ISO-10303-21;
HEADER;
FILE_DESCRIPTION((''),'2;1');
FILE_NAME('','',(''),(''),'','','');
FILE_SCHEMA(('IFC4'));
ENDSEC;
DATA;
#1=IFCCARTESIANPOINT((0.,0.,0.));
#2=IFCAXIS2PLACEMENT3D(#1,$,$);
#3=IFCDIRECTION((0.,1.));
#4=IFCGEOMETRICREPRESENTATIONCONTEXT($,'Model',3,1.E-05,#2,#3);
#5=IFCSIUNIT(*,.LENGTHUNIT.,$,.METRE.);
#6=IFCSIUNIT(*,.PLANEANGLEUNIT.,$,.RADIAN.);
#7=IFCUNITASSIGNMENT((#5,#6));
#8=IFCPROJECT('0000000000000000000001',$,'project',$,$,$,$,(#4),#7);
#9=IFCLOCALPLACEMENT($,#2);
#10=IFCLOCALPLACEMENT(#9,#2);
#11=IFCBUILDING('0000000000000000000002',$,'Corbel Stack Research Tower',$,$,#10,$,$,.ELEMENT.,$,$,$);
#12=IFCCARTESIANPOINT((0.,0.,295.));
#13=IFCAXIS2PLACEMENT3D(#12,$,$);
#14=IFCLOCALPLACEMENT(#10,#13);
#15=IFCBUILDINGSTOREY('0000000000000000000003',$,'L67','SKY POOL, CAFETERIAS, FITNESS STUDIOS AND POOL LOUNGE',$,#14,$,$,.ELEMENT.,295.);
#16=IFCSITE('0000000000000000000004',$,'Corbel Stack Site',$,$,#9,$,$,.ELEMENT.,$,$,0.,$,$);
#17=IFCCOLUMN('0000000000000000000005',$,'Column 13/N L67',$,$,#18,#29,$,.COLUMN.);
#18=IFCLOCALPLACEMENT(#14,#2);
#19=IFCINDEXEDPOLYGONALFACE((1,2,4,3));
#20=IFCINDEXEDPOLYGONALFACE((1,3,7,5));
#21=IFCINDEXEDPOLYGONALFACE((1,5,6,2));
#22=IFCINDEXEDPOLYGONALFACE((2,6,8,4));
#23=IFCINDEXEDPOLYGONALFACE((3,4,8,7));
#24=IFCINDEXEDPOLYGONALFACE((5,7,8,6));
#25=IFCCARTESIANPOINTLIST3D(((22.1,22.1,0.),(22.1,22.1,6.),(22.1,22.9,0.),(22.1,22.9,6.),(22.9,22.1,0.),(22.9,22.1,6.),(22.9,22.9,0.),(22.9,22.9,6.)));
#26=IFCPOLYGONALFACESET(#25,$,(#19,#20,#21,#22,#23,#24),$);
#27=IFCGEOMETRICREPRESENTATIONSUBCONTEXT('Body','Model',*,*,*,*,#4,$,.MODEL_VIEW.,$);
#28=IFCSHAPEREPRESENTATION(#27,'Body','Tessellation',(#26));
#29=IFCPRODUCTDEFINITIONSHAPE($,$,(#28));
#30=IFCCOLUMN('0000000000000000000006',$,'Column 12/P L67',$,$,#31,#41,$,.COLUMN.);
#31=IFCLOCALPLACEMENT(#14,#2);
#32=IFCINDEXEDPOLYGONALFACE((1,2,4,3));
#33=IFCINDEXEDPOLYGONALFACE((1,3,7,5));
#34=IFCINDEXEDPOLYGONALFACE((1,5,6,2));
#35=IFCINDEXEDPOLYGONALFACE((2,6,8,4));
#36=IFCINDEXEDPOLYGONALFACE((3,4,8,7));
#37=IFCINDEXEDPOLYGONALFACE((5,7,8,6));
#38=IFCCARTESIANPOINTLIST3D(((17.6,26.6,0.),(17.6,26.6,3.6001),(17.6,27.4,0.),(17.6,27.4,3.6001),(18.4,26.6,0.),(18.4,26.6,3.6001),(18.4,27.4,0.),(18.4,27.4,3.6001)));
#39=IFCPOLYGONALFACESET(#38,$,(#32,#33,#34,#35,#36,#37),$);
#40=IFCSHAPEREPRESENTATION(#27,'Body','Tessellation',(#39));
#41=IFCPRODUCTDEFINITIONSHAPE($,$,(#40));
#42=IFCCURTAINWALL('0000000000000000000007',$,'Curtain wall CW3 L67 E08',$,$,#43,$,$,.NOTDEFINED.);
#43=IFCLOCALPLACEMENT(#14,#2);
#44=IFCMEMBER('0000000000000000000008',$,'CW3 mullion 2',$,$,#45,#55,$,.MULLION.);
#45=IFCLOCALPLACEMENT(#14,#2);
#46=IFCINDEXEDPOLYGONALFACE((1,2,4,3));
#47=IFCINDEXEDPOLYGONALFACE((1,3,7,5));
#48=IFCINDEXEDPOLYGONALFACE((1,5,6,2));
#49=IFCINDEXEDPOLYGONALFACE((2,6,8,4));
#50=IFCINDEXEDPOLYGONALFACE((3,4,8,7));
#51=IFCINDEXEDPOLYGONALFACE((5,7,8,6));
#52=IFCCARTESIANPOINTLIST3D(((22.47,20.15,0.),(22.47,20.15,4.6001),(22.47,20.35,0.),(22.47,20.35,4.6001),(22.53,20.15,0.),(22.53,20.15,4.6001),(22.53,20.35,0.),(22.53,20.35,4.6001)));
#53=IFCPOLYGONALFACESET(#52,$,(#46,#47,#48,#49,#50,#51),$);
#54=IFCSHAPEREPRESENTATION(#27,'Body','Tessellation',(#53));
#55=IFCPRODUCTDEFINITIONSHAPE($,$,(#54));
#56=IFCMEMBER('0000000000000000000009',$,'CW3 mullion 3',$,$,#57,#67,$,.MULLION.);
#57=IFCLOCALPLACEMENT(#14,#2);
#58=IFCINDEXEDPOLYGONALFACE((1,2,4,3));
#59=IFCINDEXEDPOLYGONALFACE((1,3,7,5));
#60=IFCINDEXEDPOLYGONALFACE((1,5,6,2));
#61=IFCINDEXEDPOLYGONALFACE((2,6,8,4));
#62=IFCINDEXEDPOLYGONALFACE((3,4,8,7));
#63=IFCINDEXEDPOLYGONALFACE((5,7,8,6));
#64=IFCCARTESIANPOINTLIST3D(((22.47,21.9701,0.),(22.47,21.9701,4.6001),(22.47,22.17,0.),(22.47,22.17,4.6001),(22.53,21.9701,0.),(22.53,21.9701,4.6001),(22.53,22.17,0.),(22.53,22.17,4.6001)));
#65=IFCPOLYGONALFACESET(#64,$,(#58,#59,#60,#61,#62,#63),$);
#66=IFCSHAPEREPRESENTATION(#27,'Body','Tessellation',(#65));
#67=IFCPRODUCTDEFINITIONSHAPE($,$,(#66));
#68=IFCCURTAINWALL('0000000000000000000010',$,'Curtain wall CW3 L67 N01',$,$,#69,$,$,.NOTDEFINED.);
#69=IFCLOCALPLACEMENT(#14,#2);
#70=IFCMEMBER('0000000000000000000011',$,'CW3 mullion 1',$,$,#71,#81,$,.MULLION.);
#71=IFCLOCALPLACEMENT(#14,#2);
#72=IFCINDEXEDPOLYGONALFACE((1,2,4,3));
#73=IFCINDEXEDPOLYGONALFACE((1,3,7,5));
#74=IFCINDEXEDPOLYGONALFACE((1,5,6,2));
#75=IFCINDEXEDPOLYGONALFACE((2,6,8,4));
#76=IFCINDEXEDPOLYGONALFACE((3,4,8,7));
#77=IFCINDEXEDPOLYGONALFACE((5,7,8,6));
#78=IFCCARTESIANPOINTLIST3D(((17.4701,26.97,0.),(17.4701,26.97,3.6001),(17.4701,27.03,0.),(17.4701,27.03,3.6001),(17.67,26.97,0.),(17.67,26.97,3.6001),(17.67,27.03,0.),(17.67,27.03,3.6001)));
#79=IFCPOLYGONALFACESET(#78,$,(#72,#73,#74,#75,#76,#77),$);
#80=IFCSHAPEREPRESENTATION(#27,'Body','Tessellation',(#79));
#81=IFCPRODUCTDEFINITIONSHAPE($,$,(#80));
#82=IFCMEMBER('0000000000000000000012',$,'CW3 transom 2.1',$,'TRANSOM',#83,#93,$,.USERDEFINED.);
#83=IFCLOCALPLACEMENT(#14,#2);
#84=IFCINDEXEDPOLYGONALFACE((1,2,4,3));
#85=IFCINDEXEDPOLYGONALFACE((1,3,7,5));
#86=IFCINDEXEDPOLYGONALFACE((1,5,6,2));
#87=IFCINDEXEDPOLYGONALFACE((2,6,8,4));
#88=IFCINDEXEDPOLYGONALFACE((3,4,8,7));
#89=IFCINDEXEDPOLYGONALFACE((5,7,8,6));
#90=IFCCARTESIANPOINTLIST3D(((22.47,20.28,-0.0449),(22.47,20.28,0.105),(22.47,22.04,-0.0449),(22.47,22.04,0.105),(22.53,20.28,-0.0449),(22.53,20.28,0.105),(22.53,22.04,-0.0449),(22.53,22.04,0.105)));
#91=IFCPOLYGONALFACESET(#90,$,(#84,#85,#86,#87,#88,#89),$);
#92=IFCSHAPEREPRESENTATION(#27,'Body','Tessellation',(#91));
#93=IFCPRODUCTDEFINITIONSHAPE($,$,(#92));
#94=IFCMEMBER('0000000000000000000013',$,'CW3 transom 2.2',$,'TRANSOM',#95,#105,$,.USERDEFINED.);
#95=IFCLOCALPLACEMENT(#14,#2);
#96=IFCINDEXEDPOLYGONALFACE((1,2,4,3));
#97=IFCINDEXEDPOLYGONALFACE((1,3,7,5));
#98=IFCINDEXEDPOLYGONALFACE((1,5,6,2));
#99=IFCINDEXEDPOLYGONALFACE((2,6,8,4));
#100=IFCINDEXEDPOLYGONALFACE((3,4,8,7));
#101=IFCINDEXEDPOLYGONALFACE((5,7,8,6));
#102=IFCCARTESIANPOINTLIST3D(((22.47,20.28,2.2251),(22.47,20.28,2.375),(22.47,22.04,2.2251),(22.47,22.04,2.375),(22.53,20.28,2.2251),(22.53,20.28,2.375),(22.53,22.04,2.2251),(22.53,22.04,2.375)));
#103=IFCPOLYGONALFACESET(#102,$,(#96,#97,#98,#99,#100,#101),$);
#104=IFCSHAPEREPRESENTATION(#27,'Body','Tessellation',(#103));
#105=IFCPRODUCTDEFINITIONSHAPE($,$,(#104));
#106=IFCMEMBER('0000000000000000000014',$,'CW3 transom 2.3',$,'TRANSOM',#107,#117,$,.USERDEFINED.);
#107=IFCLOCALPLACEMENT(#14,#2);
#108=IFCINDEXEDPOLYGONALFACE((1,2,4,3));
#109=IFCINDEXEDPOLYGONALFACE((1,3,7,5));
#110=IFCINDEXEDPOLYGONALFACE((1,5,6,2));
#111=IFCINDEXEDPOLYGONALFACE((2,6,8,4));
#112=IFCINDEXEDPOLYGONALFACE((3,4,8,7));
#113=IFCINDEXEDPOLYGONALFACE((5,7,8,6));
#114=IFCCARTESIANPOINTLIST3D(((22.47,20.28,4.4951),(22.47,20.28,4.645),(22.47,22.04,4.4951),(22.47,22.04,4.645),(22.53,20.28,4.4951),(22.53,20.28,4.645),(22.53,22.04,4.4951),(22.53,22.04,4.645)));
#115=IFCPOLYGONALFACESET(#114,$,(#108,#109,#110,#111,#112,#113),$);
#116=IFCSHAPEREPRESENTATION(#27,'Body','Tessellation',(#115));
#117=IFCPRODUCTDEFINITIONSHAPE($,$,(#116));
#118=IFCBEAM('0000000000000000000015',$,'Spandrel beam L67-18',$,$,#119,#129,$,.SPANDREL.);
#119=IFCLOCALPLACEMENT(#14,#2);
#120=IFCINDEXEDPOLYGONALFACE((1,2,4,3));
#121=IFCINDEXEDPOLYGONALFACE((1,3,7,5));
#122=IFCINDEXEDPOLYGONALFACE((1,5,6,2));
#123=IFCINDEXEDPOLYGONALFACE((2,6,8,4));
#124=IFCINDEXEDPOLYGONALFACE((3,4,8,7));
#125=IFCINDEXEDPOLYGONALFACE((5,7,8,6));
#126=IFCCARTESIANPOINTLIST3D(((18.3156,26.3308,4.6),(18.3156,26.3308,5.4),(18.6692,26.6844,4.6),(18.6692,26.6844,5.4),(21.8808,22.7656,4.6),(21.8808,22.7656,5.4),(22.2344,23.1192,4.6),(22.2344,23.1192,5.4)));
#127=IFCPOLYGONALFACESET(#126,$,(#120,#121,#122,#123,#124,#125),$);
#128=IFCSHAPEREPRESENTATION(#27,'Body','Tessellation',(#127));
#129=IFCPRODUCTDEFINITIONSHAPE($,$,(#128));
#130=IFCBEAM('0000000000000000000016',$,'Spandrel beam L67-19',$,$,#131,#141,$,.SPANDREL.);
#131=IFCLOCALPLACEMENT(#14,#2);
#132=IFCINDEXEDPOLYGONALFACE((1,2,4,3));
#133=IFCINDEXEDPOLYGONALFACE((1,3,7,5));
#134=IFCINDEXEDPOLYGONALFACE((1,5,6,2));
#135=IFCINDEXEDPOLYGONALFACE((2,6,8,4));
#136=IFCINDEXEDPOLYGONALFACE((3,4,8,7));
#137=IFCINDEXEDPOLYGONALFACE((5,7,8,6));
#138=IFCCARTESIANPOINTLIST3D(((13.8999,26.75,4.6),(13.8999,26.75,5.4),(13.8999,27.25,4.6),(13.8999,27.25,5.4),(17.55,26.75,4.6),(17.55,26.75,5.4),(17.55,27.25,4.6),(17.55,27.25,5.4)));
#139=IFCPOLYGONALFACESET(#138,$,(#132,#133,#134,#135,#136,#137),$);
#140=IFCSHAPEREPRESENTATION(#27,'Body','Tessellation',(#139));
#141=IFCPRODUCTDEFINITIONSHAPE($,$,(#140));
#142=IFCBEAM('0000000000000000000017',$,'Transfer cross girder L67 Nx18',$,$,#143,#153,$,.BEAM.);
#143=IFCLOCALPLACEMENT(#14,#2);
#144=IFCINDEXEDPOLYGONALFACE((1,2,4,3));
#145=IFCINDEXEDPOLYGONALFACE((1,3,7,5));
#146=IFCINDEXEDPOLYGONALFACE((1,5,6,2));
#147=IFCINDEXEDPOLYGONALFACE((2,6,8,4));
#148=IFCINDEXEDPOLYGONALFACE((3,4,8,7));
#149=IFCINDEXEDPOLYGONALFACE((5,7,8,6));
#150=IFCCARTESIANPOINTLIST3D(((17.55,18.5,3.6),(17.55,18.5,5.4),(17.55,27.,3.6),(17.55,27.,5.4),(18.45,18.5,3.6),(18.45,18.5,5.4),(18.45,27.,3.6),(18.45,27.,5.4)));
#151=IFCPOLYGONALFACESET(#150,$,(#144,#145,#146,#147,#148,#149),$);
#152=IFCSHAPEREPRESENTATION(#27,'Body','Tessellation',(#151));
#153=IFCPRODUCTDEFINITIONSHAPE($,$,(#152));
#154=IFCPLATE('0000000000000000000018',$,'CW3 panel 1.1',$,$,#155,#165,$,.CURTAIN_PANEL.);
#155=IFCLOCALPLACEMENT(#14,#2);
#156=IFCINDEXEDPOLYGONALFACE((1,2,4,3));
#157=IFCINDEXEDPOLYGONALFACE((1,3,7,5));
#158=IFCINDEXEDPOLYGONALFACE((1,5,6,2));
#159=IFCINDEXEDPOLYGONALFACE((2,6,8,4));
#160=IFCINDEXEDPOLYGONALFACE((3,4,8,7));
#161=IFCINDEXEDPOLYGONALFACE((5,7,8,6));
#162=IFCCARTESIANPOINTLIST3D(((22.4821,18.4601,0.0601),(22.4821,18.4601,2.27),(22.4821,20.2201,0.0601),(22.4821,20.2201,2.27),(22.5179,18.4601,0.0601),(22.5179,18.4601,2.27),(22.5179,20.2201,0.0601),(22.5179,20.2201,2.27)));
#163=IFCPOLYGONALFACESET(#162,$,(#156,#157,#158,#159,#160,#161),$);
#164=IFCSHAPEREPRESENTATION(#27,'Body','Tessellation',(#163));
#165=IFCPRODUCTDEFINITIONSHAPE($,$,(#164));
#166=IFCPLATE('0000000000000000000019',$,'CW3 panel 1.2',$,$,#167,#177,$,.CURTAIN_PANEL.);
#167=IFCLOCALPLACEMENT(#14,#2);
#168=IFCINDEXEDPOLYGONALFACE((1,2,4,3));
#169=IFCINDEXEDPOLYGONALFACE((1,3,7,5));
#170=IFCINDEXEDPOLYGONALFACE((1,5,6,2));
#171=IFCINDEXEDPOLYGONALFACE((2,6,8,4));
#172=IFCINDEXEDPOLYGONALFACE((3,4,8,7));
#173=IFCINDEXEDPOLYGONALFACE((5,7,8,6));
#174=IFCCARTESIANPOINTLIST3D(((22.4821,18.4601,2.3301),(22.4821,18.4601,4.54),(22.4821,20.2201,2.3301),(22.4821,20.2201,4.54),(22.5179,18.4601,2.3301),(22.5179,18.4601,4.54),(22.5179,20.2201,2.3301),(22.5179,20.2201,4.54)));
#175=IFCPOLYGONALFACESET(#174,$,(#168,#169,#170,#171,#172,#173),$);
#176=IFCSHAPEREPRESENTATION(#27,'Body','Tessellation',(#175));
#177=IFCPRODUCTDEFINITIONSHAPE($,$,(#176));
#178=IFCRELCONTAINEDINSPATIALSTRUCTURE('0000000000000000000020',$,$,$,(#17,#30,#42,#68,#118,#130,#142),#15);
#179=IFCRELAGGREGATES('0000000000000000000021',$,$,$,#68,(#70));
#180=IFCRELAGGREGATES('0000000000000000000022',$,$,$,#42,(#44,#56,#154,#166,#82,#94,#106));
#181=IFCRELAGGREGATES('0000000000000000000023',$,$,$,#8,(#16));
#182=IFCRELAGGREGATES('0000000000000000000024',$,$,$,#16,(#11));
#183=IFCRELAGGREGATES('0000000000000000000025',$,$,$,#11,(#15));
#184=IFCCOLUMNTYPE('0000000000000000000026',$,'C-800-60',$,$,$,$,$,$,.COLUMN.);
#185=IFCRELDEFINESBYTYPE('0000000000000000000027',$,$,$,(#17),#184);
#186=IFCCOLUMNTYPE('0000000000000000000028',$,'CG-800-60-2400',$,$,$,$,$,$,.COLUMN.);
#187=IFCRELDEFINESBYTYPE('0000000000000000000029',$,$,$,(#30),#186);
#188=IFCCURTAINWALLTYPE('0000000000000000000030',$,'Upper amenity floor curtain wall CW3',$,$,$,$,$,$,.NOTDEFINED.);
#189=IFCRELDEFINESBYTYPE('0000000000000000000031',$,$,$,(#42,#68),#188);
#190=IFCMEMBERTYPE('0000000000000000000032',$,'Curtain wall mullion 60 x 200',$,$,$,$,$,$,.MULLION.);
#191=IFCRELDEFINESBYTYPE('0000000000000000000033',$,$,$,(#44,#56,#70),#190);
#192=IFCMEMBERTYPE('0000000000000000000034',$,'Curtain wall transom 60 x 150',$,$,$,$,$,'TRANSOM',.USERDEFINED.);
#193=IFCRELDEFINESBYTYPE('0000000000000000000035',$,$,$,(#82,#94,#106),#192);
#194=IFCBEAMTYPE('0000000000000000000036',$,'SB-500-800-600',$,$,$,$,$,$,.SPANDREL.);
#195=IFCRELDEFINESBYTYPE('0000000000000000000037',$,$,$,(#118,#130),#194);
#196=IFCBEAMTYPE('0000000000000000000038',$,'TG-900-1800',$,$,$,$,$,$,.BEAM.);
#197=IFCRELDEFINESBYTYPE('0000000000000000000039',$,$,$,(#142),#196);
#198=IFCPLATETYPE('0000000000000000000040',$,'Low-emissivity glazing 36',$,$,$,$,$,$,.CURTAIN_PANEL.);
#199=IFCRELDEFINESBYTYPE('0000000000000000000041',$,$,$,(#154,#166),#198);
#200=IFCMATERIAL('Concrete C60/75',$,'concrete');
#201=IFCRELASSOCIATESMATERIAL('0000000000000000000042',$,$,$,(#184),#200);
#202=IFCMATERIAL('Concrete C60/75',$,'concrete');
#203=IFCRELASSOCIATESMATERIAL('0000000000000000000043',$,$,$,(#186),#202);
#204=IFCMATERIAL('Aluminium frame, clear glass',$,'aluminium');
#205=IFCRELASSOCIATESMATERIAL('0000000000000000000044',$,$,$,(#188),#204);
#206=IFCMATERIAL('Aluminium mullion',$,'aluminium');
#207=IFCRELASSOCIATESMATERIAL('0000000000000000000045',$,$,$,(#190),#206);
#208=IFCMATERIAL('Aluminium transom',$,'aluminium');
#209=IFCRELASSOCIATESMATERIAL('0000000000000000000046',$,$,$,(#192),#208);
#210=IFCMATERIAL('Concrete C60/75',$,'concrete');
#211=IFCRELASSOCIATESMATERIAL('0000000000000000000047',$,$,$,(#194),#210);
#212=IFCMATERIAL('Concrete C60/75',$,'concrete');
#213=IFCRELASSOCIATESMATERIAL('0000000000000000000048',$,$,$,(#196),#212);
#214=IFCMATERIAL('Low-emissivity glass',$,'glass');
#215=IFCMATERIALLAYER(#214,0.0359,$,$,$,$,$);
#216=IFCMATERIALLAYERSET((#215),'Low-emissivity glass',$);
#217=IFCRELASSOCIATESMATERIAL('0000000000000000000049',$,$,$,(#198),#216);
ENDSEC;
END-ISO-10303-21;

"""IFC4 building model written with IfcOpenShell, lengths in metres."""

from ifc_helpers import new_model, si_unit, direction, frame, origin, origin_2d, place, context, subcontext, project, spatial, rectangle, extrude, material, layer, layer_set, material_profile, profile_set, type_object, element, aggregate, save


model = new_model("IFC4")

# Units and contexts
model_context = context("Model", 3, precision=1e-05, world=origin(), true_north=direction((0.0, 1.0)))
body_context = subcontext(model_context, "Body", "Model", "MODEL_VIEW")
ifc_project = project(units=[si_unit("LENGTHUNIT", "METRE"), si_unit("PLANEANGLEUNIT", "RADIAN")], contexts=[model_context])

# Site, building, storey
site_placement = place(None, origin())
site = spatial("IfcSite", under=ifc_project, at=site_placement, Name="Corbel Stack Site", CompositionType="ELEMENT", RefElevation=0.0)
building_placement = place(site_placement, origin())
building = spatial("IfcBuilding", under=site, at=building_placement, Name="Corbel Stack Research Tower", CompositionType="ELEMENT")
storey_placement = place(building_placement, frame((0.0, 0.0, 295.0)))
storey = spatial("IfcBuildingStorey", under=building, at=storey_placement, Name="L67", Description="SKY POOL, CAFETERIAS, FITNESS STUDIOS AND POOL LOUNGE", CompositionType="ELEMENT", Elevation=295.0)

# Columns
ifc_material_1 = material(Name="Concrete C60/75", Category="concrete")
ifc_material_profile_1 = material_profile(ifc_material_1, rectangle(XDim=0.8, YDim=0.8, at=origin_2d()), Name="RC 800 x 800")
ifc_profile_set_1 = profile_set([ifc_material_profile_1], Name="Concrete C60/75")
column_type_1 = type_object("IfcColumnType", Name="C-800-60", PredefinedType="COLUMN", material=ifc_profile_set_1)
column_1_placement = place(storey_placement, frame((22.5, 22.5, 0.0), z_axis=(0.0, 0.0, 1.0), x_axis=(1.0, 0.0, 0.0)))
element("IfcColumn", 1, at=column_1_placement, inside=storey, type_object=column_type_1, Name="Column 13/N L67", PredefinedType="COLUMN", context=body_context, shape_type="SweptSolid", body=[
    extrude(rectangle(XDim=0.8, YDim=0.8, at=origin_2d()), origin(), (0.0, 0.0, 1.0), 6.0),
])
ifc_material_2 = material(Name="Concrete C60/75", Category="concrete")
ifc_material_profile_2 = material_profile(ifc_material_2, rectangle(XDim=0.8, YDim=0.8, at=origin_2d()), Name="RC 800 x 800")
ifc_profile_set_2 = profile_set([ifc_material_profile_2], Name="Concrete C60/75")
column_type_2 = type_object("IfcColumnType", Name="CG-800-60-2400", PredefinedType="COLUMN", material=ifc_profile_set_2)
column_2_placement = place(storey_placement, frame((18.0, 27.0, 0.0), z_axis=(0.0, 0.0, 1.0), x_axis=(1.0, 0.0, 0.0)))
element("IfcColumn", 2, at=column_2_placement, inside=storey, type_object=column_type_2, Name="Column 12/P L67", PredefinedType="COLUMN", context=body_context, shape_type="SweptSolid", body=[
    extrude(rectangle(XDim=0.8, YDim=0.8, at=origin_2d()), origin(), (0.0, 0.0, 1.0), 3.6001),
])

# Curtain wall, members
ifc_material_3 = material(Name="Aluminium frame, clear glass", Category="aluminium")
curtain_wall_type = type_object("IfcCurtainWallType", Name="Upper amenity floor curtain wall CW3", PredefinedType="NOTDEFINED", material=ifc_material_3)
curtain_wall_1_placement = place(storey_placement, origin())
curtain_wall_1 = element("IfcCurtainWall", 3, at=curtain_wall_1_placement, inside=storey, type_object=curtain_wall_type, Name="Curtain wall CW3 L67 E08", PredefinedType="NOTDEFINED")
ifc_material_4 = material(Name="Aluminium mullion", Category="aluminium")
ifc_material_profile_3 = material_profile(ifc_material_4, rectangle(XDim=0.0601, YDim=0.2, at=origin_2d()), Name="Mullion 60 x 200")
ifc_profile_set_3 = profile_set([ifc_material_profile_3], Name="Aluminium mullion")
member_type_1 = type_object("IfcMemberType", Name="Curtain wall mullion 60 x 200", PredefinedType="MULLION", material=ifc_profile_set_3)
member_1_placement = place(storey_placement, frame((22.5, 20.25, 0.0), z_axis=(0.0, 0.0, 1.0), x_axis=(-1.0, 0.0, 0.0)))
member_1 = element("IfcMember", 4, at=member_1_placement, type_object=member_type_1, Name="CW3 mullion 2", PredefinedType="MULLION", context=body_context, shape_type="SweptSolid", body=[
    extrude(rectangle(XDim=0.0601, YDim=0.2, at=origin_2d()), origin(), (0.0, 0.0, 1.0), 4.6001),
])
member_2_placement = place(storey_placement, frame((22.5, 22.0701, 0.0), z_axis=(0.0, 0.0, 1.0), x_axis=(-1.0, 0.0, 0.0)))
member_2 = element("IfcMember", 5, at=member_2_placement, type_object=member_type_1, Name="CW3 mullion 3", PredefinedType="MULLION", context=body_context, shape_type="SweptSolid", body=[
    extrude(rectangle(XDim=0.0601, YDim=0.2, at=origin_2d()), origin(), (0.0, 0.0, 1.0), 4.6001),
])

# Curtain wall, member
curtain_wall_2_placement = place(storey_placement, origin())
curtain_wall_2 = element("IfcCurtainWall", 6, at=curtain_wall_2_placement, inside=storey, type_object=curtain_wall_type, Name="Curtain wall CW3 L67 N01", PredefinedType="NOTDEFINED")
member_3_placement = place(storey_placement, frame((17.5701, 27.0, 0.0), z_axis=(0.0, 0.0, 1.0), x_axis=(0.0, -1.0, 0.0)))
member_3 = element("IfcMember", 7, at=member_3_placement, type_object=member_type_1, Name="CW3 mullion 1", PredefinedType="MULLION", context=body_context, shape_type="SweptSolid", body=[
    extrude(rectangle(XDim=0.0601, YDim=0.2, at=origin_2d()), origin(), (0.0, 0.0, 1.0), 3.6001),
])
aggregate(curtain_wall_2, [member_3])

# Members
ifc_material_5 = material(Name="Aluminium transom", Category="aluminium")
ifc_material_profile_4 = material_profile(ifc_material_5, rectangle(XDim=0.0601, YDim=0.1499, at=origin_2d()), Name="Transom 60 x 150")
ifc_profile_set_4 = profile_set([ifc_material_profile_4], Name="Aluminium transom")
member_type_2 = type_object("IfcMemberType", Name="Curtain wall transom 60 x 150", ElementType="TRANSOM", PredefinedType="USERDEFINED", material=ifc_profile_set_4)
member_4_placement = place(storey_placement, frame((22.5, 20.28, 0.03), z_axis=(0.0, 1.0, 0.0), x_axis=(-1.0, 0.0, 0.0)))
member_4 = element("IfcMember", 8, at=member_4_placement, type_object=member_type_2, Name="CW3 transom 2.1", ObjectType="TRANSOM", PredefinedType="USERDEFINED", context=body_context, shape_type="SweptSolid", body=[
    extrude(rectangle(XDim=0.0601, YDim=0.1499, at=origin_2d()), origin(), (0.0, 0.0, 1.0), 1.76),
])
member_5_placement = place(storey_placement, frame((22.5, 20.28, 2.3), z_axis=(0.0, 1.0, 0.0), x_axis=(-1.0, 0.0, 0.0)))
member_5 = element("IfcMember", 9, at=member_5_placement, type_object=member_type_2, Name="CW3 transom 2.2", ObjectType="TRANSOM", PredefinedType="USERDEFINED", context=body_context, shape_type="SweptSolid", body=[
    extrude(rectangle(XDim=0.0601, YDim=0.1499, at=origin_2d()), origin(), (0.0, 0.0, 1.0), 1.76),
])
member_6_placement = place(storey_placement, frame((22.5, 20.28, 4.5701), z_axis=(0.0, 1.0, 0.0), x_axis=(-1.0, 0.0, 0.0)))
member_6 = element("IfcMember", 10, at=member_6_placement, type_object=member_type_2, Name="CW3 transom 2.3", ObjectType="TRANSOM", PredefinedType="USERDEFINED", context=body_context, shape_type="SweptSolid", body=[
    extrude(rectangle(XDim=0.0601, YDim=0.1499, at=origin_2d()), origin(), (0.0, 0.0, 1.0), 1.76),
])

# Beams
ifc_material_6 = material(Name="Concrete C60/75", Category="concrete")
ifc_material_profile_5 = material_profile(ifc_material_6, rectangle(XDim=0.5, YDim=0.8, at=origin_2d()), Name="RC 500 x 800")
ifc_profile_set_5 = profile_set([ifc_material_profile_5], Name="Concrete C60/75")
beam_type_1 = type_object("IfcBeamType", Name="SB-500-800-600", PredefinedType="SPANDREL", material=ifc_profile_set_5)
beam_1_placement = place(storey_placement, frame((22.0576, 22.9424, 5.0), z_axis=(-0.707107, 0.707107, 0.0), x_axis=(-0.707107, -0.707107, 0.0)))
element("IfcBeam", 11, at=beam_1_placement, inside=storey, type_object=beam_type_1, Name="Spandrel beam L67-18", PredefinedType="SPANDREL", context=body_context, shape_type="SweptSolid", body=[
    extrude(rectangle(XDim=0.5, YDim=0.8, at=origin_2d()), origin(), (0.0, 0.0, 1.0), 5.042),
])
beam_2_placement = place(storey_placement, frame((17.55, 27.0, 5.0), z_axis=(-1.0, 0.0, 0.0), x_axis=(0.0, -1.0, 0.0)))
element("IfcBeam", 12, at=beam_2_placement, inside=storey, type_object=beam_type_1, Name="Spandrel beam L67-19", PredefinedType="SPANDREL", context=body_context, shape_type="SweptSolid", body=[
    extrude(rectangle(XDim=0.5, YDim=0.8, at=origin_2d()), origin(), (0.0, 0.0, 1.0), 3.6501),
])
ifc_material_7 = material(Name="Concrete C60/75", Category="concrete")
ifc_material_profile_6 = material_profile(ifc_material_7, rectangle(XDim=0.8999, YDim=1.8, at=origin_2d()), Name="RC 900 x 1800")
ifc_profile_set_6 = profile_set([ifc_material_profile_6], Name="Concrete C60/75")
beam_type_2 = type_object("IfcBeamType", Name="TG-900-1800", PredefinedType="BEAM", material=ifc_profile_set_6)
beam_3_placement = place(storey_placement, frame((18.0, 27.0, 4.5), z_axis=(0.0, -1.0, 0.0), x_axis=(1.0, 0.0, 0.0)))
element("IfcBeam", 13, at=beam_3_placement, inside=storey, type_object=beam_type_2, Name="Transfer cross girder L67 Nx18", PredefinedType="BEAM", context=body_context, shape_type="SweptSolid", body=[
    extrude(rectangle(XDim=0.8999, YDim=1.8, at=origin_2d()), origin(), (0.0, 0.0, 1.0), 8.5),
])

# Plates
ifc_material_8 = material(Name="Low-emissivity glass", Category="glass")
ifc_layer_1 = layer(ifc_material_8, 0.0359)
ifc_layer_set_1 = layer_set([ifc_layer_1], Name="Low-emissivity glass")
plate_type = type_object("IfcPlateType", Name="Low-emissivity glazing 36", PredefinedType="CURTAIN_PANEL", material=ifc_layer_set_1)
plate_1_placement = place(storey_placement, frame((22.5, 19.3401, 0.0601), z_axis=(0.0, 0.0, 1.0), x_axis=(0.0, 1.0, 0.0)))
plate_1 = element("IfcPlate", 14, at=plate_1_placement, type_object=plate_type, Name="CW3 panel 1.1", PredefinedType="CURTAIN_PANEL", context=body_context, shape_type="SweptSolid", body=[
    extrude(rectangle(XDim=1.76, YDim=0.0359, at=origin_2d()), origin(), (0.0, 0.0, 1.0), 2.21),
])
plate_2_placement = place(storey_placement, frame((22.5, 19.3401, 2.3301), z_axis=(0.0, 0.0, 1.0), x_axis=(0.0, 1.0, 0.0)))
plate_2 = element("IfcPlate", 15, at=plate_2_placement, type_object=plate_type, Name="CW3 panel 1.2", PredefinedType="CURTAIN_PANEL", context=body_context, shape_type="SweptSolid", body=[
    extrude(rectangle(XDim=1.76, YDim=0.0359, at=origin_2d()), origin(), (0.0, 0.0, 1.0), 2.21),
])
aggregate(curtain_wall_1, [member_1, member_2, plate_1, plate_2, member_4, member_5, member_6])

save(model, "model.ifc")
